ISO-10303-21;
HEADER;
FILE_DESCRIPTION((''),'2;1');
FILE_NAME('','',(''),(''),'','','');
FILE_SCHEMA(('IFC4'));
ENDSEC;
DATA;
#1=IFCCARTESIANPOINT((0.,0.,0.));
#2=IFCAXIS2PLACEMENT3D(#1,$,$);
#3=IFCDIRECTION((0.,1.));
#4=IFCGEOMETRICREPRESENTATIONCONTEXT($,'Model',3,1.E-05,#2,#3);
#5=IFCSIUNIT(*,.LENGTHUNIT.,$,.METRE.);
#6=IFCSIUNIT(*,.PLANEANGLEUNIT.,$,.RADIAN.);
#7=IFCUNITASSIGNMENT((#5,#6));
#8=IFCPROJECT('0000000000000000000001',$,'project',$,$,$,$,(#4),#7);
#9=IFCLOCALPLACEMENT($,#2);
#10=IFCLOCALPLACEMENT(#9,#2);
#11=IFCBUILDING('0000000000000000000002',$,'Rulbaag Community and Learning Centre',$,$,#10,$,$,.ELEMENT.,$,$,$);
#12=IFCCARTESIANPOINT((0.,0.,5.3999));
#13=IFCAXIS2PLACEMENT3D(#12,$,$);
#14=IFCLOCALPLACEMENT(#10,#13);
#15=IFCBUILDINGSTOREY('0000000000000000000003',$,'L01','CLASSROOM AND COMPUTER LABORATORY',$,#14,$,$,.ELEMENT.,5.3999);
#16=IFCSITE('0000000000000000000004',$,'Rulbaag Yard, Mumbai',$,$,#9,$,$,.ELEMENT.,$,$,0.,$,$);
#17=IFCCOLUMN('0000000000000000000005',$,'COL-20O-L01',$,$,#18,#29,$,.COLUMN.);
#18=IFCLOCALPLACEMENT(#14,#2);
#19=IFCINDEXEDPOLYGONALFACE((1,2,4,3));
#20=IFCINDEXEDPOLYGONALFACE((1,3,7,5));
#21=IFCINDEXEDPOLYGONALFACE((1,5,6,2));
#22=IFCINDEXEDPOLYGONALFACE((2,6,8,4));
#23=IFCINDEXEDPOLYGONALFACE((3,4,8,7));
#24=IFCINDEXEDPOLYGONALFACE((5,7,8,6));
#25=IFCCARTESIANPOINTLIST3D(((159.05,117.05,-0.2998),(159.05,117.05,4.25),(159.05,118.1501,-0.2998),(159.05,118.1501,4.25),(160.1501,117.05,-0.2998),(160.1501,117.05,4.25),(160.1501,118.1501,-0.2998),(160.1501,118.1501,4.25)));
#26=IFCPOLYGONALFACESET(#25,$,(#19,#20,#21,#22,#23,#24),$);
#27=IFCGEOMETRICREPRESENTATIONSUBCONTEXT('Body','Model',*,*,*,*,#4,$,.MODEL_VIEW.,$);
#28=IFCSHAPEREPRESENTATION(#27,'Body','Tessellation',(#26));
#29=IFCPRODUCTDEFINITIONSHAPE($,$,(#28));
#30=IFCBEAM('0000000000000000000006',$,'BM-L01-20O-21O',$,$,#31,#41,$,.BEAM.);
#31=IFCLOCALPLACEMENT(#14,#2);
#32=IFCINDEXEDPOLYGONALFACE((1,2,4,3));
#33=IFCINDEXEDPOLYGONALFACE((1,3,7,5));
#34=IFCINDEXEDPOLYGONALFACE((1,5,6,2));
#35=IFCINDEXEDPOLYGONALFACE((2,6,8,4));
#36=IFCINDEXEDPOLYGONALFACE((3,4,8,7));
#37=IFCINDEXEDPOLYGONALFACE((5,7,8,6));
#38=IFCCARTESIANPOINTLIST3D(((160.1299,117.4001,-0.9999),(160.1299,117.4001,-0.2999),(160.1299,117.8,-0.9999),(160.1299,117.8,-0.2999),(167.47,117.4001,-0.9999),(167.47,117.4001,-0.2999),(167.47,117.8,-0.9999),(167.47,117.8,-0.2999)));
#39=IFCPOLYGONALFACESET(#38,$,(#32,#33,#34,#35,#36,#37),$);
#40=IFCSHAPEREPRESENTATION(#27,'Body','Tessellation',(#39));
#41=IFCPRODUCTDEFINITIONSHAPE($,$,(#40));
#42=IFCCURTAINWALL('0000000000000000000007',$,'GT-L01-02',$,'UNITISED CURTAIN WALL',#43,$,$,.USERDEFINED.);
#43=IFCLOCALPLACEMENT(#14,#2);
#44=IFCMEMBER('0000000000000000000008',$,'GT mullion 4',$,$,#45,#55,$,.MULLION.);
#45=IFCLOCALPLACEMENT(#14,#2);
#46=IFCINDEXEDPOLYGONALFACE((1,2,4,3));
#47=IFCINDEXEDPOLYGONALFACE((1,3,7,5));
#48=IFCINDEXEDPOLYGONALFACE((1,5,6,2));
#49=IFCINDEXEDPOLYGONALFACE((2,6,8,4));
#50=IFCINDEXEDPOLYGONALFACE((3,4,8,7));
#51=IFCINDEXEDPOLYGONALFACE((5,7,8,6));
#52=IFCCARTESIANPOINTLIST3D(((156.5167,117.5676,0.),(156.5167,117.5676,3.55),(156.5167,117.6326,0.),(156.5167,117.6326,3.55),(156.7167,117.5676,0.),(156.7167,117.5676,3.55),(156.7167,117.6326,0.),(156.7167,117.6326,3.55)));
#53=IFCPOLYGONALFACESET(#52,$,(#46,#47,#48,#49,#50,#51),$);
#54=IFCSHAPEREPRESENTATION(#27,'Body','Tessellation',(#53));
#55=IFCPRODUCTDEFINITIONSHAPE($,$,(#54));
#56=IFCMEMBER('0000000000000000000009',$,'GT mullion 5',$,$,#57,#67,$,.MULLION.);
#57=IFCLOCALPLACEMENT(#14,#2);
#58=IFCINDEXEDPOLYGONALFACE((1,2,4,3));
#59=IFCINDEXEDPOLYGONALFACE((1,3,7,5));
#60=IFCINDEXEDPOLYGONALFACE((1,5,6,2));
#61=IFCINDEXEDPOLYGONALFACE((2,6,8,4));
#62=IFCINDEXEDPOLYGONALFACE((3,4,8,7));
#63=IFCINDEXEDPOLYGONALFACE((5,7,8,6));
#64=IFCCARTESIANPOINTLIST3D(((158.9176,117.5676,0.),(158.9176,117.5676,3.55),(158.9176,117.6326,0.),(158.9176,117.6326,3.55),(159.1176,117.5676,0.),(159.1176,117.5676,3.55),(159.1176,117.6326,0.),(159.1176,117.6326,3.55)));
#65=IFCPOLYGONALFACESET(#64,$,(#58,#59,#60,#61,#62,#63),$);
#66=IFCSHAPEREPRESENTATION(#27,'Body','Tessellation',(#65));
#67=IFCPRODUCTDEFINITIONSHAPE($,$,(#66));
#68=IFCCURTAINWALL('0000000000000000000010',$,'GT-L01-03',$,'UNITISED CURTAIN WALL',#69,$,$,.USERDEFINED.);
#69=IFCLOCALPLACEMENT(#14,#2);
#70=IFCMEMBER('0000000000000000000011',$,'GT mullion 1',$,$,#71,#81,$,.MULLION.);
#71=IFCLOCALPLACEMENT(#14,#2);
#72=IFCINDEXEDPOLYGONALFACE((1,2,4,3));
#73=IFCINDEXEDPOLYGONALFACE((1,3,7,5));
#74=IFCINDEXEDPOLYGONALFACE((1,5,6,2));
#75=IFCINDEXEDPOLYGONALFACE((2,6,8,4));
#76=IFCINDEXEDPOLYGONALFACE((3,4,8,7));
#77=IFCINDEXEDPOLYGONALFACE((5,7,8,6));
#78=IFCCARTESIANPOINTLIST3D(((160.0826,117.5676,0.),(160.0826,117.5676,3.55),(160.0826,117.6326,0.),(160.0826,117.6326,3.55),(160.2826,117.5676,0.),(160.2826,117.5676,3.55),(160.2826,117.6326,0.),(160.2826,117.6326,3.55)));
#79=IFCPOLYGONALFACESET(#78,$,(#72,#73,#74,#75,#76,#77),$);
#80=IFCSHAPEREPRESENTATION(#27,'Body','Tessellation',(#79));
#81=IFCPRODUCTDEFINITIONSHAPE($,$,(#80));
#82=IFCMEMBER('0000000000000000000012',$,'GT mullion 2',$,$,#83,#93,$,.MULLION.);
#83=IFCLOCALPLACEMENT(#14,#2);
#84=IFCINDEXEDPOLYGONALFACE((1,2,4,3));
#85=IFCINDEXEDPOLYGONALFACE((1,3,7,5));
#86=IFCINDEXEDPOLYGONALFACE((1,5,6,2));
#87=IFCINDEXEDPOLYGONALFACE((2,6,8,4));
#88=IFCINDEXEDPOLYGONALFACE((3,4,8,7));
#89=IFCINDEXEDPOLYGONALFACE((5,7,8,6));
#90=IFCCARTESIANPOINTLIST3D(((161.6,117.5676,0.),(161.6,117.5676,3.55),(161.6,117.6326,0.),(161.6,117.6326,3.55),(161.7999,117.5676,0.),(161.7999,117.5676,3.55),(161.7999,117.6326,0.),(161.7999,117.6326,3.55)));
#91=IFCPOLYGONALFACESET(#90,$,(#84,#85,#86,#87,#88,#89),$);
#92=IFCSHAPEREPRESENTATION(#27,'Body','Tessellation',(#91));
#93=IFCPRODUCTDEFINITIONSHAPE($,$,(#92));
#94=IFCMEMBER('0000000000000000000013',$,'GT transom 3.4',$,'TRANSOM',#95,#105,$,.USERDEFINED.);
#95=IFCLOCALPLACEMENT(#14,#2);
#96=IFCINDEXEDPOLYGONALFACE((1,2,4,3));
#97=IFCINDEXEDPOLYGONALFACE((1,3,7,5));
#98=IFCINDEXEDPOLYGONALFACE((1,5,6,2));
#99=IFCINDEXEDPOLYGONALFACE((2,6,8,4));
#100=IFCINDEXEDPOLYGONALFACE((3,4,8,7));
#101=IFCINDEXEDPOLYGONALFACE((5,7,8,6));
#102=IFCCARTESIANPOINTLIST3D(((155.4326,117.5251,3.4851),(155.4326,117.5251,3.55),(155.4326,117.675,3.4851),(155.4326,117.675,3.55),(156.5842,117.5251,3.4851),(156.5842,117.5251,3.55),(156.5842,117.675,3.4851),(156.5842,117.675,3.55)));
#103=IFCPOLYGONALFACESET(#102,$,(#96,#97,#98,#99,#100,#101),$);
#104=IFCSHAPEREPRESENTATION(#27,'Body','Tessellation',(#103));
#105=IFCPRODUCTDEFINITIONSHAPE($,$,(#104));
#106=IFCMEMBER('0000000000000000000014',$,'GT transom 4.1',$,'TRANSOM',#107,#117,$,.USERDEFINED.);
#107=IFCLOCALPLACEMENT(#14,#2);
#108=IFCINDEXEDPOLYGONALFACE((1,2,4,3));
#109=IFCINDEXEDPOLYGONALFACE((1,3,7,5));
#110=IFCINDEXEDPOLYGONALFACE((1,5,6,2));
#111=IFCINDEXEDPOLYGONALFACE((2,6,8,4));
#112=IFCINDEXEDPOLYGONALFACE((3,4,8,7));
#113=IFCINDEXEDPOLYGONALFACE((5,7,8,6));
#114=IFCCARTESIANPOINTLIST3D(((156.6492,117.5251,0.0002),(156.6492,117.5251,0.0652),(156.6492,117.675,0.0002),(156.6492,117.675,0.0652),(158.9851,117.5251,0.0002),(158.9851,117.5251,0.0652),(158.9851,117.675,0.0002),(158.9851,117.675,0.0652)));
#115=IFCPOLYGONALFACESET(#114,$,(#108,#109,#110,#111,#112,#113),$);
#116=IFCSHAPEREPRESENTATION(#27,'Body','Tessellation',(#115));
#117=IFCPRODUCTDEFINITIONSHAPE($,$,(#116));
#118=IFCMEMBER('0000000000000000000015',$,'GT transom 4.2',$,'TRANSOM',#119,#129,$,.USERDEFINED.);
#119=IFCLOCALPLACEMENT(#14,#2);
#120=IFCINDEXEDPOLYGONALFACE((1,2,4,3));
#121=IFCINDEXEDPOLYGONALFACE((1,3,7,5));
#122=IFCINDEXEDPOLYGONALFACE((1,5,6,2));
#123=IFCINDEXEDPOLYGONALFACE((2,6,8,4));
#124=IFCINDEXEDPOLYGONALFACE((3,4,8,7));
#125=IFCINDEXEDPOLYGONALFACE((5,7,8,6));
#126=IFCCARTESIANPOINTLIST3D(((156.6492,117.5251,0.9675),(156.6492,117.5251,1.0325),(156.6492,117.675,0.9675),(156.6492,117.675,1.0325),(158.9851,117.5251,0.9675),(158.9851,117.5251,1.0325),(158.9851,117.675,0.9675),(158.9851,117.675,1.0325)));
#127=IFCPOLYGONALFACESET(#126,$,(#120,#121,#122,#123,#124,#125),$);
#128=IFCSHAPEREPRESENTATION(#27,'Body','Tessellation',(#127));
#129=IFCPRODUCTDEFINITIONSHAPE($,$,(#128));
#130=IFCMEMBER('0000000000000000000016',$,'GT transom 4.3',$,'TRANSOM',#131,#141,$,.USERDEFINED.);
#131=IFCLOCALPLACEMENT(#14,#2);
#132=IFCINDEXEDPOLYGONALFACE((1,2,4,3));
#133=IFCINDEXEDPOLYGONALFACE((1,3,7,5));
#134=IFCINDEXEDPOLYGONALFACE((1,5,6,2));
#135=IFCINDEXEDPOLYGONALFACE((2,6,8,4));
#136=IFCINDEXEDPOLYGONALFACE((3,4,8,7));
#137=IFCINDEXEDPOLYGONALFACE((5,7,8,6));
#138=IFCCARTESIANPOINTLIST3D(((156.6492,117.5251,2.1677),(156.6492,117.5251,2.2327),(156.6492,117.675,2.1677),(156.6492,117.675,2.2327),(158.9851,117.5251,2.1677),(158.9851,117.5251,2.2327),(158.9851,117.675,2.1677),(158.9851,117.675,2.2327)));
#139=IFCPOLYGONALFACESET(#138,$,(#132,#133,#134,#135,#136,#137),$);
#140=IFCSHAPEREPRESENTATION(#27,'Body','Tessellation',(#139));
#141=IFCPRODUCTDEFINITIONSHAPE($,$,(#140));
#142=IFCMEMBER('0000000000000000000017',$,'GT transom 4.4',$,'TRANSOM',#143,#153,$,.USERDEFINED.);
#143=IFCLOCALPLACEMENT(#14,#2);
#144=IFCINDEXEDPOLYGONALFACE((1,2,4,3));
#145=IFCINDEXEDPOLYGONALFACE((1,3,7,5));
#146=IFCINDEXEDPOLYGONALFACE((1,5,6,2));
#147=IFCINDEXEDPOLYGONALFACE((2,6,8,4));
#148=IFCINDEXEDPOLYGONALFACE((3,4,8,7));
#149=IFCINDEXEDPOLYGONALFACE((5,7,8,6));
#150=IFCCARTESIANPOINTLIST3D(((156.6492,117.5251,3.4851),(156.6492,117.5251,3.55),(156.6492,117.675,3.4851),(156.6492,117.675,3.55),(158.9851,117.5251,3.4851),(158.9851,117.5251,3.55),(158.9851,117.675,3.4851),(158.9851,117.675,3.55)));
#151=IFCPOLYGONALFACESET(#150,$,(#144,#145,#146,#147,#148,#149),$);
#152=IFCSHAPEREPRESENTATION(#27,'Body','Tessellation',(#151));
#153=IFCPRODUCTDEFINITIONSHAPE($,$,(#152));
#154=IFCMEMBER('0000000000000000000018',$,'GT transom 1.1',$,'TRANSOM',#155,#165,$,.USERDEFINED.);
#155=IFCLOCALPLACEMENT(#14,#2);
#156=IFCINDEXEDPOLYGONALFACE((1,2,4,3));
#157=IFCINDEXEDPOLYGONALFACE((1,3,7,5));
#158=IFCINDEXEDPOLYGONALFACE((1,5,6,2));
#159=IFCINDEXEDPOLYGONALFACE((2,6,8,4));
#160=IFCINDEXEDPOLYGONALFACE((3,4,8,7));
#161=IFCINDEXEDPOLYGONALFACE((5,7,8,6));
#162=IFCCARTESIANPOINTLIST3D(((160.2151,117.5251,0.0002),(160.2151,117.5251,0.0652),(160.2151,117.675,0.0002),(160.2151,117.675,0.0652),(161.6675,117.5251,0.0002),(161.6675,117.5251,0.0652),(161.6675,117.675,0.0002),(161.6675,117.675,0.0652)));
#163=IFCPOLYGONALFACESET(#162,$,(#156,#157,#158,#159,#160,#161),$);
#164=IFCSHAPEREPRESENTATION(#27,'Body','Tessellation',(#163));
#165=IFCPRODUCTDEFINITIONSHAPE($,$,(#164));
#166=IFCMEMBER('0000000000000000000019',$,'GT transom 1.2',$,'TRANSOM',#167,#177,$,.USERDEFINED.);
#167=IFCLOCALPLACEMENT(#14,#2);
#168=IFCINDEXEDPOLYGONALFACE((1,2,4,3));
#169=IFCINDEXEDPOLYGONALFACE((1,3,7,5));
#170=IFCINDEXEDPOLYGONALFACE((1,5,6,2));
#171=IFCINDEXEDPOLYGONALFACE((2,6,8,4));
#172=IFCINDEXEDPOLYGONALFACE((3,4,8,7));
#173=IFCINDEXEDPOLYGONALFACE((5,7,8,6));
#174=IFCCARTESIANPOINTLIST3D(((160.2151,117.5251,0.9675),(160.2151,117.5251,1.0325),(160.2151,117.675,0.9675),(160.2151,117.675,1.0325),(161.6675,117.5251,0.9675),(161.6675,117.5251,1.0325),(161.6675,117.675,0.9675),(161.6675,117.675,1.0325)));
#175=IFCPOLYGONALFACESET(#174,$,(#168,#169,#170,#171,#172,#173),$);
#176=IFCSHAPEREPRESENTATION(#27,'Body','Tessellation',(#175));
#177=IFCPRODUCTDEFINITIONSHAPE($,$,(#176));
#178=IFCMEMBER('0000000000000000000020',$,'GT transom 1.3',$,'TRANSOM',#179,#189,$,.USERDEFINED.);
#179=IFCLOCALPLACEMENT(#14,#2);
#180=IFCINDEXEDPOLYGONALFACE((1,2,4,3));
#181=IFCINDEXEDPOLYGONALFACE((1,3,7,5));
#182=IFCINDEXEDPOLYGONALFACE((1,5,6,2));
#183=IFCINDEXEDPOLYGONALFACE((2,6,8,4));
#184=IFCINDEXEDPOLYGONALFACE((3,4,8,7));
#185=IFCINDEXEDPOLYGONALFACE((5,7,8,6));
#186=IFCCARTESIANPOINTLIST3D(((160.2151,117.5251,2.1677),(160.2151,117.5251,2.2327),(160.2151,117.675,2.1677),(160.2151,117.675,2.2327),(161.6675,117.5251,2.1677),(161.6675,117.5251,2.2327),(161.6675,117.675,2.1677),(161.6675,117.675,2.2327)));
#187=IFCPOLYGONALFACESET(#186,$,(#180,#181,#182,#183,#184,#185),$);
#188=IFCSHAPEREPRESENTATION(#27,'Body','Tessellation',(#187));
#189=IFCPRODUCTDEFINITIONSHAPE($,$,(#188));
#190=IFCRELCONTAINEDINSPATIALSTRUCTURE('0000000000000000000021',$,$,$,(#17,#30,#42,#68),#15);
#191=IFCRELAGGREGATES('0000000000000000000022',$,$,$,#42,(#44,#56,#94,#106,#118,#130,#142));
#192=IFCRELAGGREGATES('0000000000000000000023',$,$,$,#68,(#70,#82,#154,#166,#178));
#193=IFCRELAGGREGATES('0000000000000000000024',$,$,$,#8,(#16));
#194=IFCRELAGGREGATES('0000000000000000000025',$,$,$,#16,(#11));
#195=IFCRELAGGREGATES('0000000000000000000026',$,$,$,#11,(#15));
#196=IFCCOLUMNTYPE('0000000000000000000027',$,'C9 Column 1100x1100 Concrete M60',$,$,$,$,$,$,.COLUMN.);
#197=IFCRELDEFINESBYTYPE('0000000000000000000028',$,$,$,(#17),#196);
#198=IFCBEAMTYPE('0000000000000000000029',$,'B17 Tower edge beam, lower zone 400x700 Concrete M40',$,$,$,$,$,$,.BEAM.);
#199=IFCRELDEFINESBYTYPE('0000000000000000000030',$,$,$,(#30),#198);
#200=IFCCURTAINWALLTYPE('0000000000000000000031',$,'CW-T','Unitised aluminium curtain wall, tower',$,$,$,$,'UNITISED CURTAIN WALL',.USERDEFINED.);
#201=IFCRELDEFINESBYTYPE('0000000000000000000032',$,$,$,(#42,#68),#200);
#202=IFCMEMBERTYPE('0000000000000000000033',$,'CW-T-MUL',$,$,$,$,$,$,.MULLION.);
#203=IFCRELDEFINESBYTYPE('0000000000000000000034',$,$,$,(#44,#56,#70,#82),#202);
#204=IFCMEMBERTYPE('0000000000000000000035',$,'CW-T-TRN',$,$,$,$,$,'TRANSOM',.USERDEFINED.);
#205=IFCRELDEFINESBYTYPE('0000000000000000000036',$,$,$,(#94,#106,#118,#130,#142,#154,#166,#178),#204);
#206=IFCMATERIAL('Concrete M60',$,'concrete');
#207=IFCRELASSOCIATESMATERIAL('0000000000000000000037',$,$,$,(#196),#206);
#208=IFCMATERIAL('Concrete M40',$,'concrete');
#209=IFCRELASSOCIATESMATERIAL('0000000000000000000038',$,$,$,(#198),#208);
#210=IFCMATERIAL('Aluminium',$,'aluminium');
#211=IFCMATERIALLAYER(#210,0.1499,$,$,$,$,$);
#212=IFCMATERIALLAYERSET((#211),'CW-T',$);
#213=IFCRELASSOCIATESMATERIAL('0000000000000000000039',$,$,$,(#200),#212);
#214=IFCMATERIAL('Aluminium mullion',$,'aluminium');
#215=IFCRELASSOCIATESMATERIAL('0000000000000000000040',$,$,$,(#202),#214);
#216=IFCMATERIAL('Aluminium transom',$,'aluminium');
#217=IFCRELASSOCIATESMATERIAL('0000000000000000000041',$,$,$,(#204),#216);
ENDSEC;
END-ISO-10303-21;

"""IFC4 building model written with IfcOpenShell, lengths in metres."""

from ifc_helpers import new_model, si_unit, direction, frame, origin, origin_2d, place, context, subcontext, project, spatial, rectangle, extrude, material, layer, layer_set, material_profile, profile_set, type_object, element, aggregate, save


model = new_model("IFC4")

# Units and contexts
model_context = context("Model", 3, precision=1e-05, world=origin(), true_north=direction((0.0, 1.0)))
body_context = subcontext(model_context, "Body", "Model", "MODEL_VIEW")
ifc_project = project(units=[si_unit("LENGTHUNIT", "METRE"), si_unit("PLANEANGLEUNIT", "RADIAN")], contexts=[model_context])

# Site, building, storey
site_placement = place(None, origin())
site = spatial("IfcSite", under=ifc_project, at=site_placement, Name="Rulbaag Yard, Mumbai", CompositionType="ELEMENT", RefElevation=0.0)
building_placement = place(site_placement, origin())
building = spatial("IfcBuilding", under=site, at=building_placement, Name="Rulbaag Community and Learning Centre", CompositionType="ELEMENT")
storey_placement = place(building_placement, frame((0.0, 0.0, 5.3999)))
storey = spatial("IfcBuildingStorey", under=building, at=storey_placement, Name="L01", Description="CLASSROOM AND COMPUTER LABORATORY", CompositionType="ELEMENT", Elevation=5.3999)

# Column
ifc_material_1 = material(Name="Concrete M60", Category="concrete")
ifc_material_profile_1 = material_profile(ifc_material_1, rectangle(XDim=1.1001, YDim=1.1001, at=origin_2d()), Name="RC1100x1100")
ifc_profile_set_1 = profile_set([ifc_material_profile_1], Name="Concrete M60")
column_type = type_object("IfcColumnType", Name="C9 Column 1100x1100 Concrete M60", PredefinedType="COLUMN", material=ifc_profile_set_1)
column_placement = place(storey_placement, frame((159.6001, 117.6001, -0.2998), z_axis=(0.0, 0.0, 1.0), x_axis=(1.0, 0.0, 0.0)))
element("IfcColumn", 1, at=column_placement, inside=storey, type_object=column_type, Name="COL-20O-L01", PredefinedType="COLUMN", context=body_context, shape_type="SweptSolid", body=[
    extrude(rectangle(XDim=1.1001, YDim=1.1001, at=origin_2d()), origin(), (0.0, 0.0, 1.0), 4.5498),
])

# Beam
ifc_material_2 = material(Name="Concrete M40", Category="concrete")
ifc_material_profile_2 = material_profile(ifc_material_2, rectangle(XDim=0.3999, YDim=0.7, at=origin_2d()), Name="RB400x700")
ifc_profile_set_2 = profile_set([ifc_material_profile_2], Name="Concrete M40")
beam_type = type_object("IfcBeamType", Name="B17 Tower edge beam, lower zone 400x700 Concrete M40", PredefinedType="BEAM", material=ifc_profile_set_2)
beam_placement = place(storey_placement, frame((160.1299, 117.6001, -0.6499), z_axis=(1.0, 0.0, 0.0), x_axis=(0.0, 1.0, 0.0)))
element("IfcBeam", 2, at=beam_placement, inside=storey, type_object=beam_type, Name="BM-L01-20O-21O", PredefinedType="BEAM", context=body_context, shape_type="SweptSolid", body=[
    extrude(rectangle(XDim=0.3999, YDim=0.7, at=origin_2d()), origin(), (0.0, 0.0, 1.0), 7.3401),
])

# Curtain walls, members
ifc_material_3 = material(Name="Aluminium", Category="aluminium")
ifc_layer_1 = layer(ifc_material_3, 0.1499)
ifc_layer_set_1 = layer_set([ifc_layer_1], Name="CW-T")
curtain_wall_type = type_object("IfcCurtainWallType", Name="CW-T", Description="Unitised aluminium curtain wall, tower", ElementType="UNITISED CURTAIN WALL", PredefinedType="USERDEFINED", material=ifc_layer_set_1)
curtain_wall_1_placement = place(storey_placement, origin())
curtain_wall_1 = element("IfcCurtainWall", 3, at=curtain_wall_1_placement, inside=storey, type_object=curtain_wall_type, Name="GT-L01-02", ObjectType="UNITISED CURTAIN WALL", PredefinedType="USERDEFINED")
ifc_material_4 = material(Name="Aluminium mullion", Category="aluminium")
ifc_material_profile_3 = material_profile(ifc_material_4, rectangle(XDim=0.0649, YDim=0.2, at=origin_2d()), Name="AL 65x200")
ifc_profile_set_3 = profile_set([ifc_material_profile_3], Name="Aluminium mullion")
member_type_1 = type_object("IfcMemberType", Name="CW-T-MUL", PredefinedType="MULLION", material=ifc_profile_set_3)
member_1_placement = place(storey_placement, frame((156.6167, 117.6001, 0.0), z_axis=(0.0, 0.0, 1.0), x_axis=(0.0, 1.0, 0.0)))
member_1 = element("IfcMember", 4, at=member_1_placement, type_object=member_type_1, Name="GT mullion 4", PredefinedType="MULLION", context=body_context, shape_type="SweptSolid", body=[
    extrude(rectangle(XDim=0.0649, YDim=0.2, at=origin_2d()), origin(), (0.0, 0.0, 1.0), 3.55),
])
member_2_placement = place(storey_placement, frame((159.0176, 117.6001, 0.0), z_axis=(0.0, 0.0, 1.0), x_axis=(0.0, 1.0, 0.0)))
member_2 = element("IfcMember", 5, at=member_2_placement, type_object=member_type_1, Name="GT mullion 5", PredefinedType="MULLION", context=body_context, shape_type="SweptSolid", body=[
    extrude(rectangle(XDim=0.0649, YDim=0.2, at=origin_2d()), origin(), (0.0, 0.0, 1.0), 3.55),
])
curtain_wall_2_placement = place(storey_placement, origin())
curtain_wall_2 = element("IfcCurtainWall", 6, at=curtain_wall_2_placement, inside=storey, type_object=curtain_wall_type, Name="GT-L01-03", ObjectType="UNITISED CURTAIN WALL", PredefinedType="USERDEFINED")
member_3_placement = place(storey_placement, frame((160.1826, 117.6001, 0.0), z_axis=(0.0, 0.0, 1.0), x_axis=(0.0, 1.0, 0.0)))
member_3 = element("IfcMember", 7, at=member_3_placement, type_object=member_type_1, Name="GT mullion 1", PredefinedType="MULLION", context=body_context, shape_type="SweptSolid", body=[
    extrude(rectangle(XDim=0.0649, YDim=0.2, at=origin_2d()), origin(), (0.0, 0.0, 1.0), 3.55),
])
member_4_placement = place(storey_placement, frame((161.7, 117.6001, 0.0), z_axis=(0.0, 0.0, 1.0), x_axis=(0.0, 1.0, 0.0)))
member_4 = element("IfcMember", 8, at=member_4_placement, type_object=member_type_1, Name="GT mullion 2", PredefinedType="MULLION", context=body_context, shape_type="SweptSolid", body=[
    extrude(rectangle(XDim=0.0649, YDim=0.2, at=origin_2d()), origin(), (0.0, 0.0, 1.0), 3.55),
])

# Members
ifc_material_5 = material(Name="Aluminium transom", Category="aluminium")
ifc_material_profile_4 = material_profile(ifc_material_5, rectangle(XDim=0.1499, YDim=0.0649, at=origin_2d()), Name="AL 65x150 T")
ifc_profile_set_4 = profile_set([ifc_material_profile_4], Name="Aluminium transom")
member_type_2 = type_object("IfcMemberType", Name="CW-T-TRN", ElementType="TRANSOM", PredefinedType="USERDEFINED", material=ifc_profile_set_4)
member_5_placement = place(storey_placement, frame((155.4326, 117.6001, 3.5176), z_axis=(1.0, 0.0, 0.0), x_axis=(0.0, 1.0, 0.0)))
member_5 = element("IfcMember", 9, at=member_5_placement, type_object=member_type_2, Name="GT transom 3.4", ObjectType="TRANSOM", PredefinedType="USERDEFINED", context=body_context, shape_type="SweptSolid", body=[
    extrude(rectangle(XDim=0.1499, YDim=0.0649, at=origin_2d()), origin(), (0.0, 0.0, 1.0), 1.1516),
])
member_6_placement = place(storey_placement, frame((156.6492, 117.6001, 0.0327), z_axis=(1.0, 0.0, 0.0), x_axis=(0.0, 1.0, 0.0)))
member_6 = element("IfcMember", 10, at=member_6_placement, type_object=member_type_2, Name="GT transom 4.1", ObjectType="TRANSOM", PredefinedType="USERDEFINED", context=body_context, shape_type="SweptSolid", body=[
    extrude(rectangle(XDim=0.1499, YDim=0.0649, at=origin_2d()), origin(), (0.0, 0.0, 1.0), 2.3359),
])
member_7_placement = place(storey_placement, frame((156.6492, 117.6001, 1.0), z_axis=(1.0, 0.0, 0.0), x_axis=(0.0, 1.0, 0.0)))
member_7 = element("IfcMember", 11, at=member_7_placement, type_object=member_type_2, Name="GT transom 4.2", ObjectType="TRANSOM", PredefinedType="USERDEFINED", context=body_context, shape_type="SweptSolid", body=[
    extrude(rectangle(XDim=0.1499, YDim=0.0649, at=origin_2d()), origin(), (0.0, 0.0, 1.0), 2.3359),
])
member_8_placement = place(storey_placement, frame((156.6492, 117.6001, 2.2002), z_axis=(1.0, 0.0, 0.0), x_axis=(0.0, 1.0, 0.0)))
member_8 = element("IfcMember", 12, at=member_8_placement, type_object=member_type_2, Name="GT transom 4.3", ObjectType="TRANSOM", PredefinedType="USERDEFINED", context=body_context, shape_type="SweptSolid", body=[
    extrude(rectangle(XDim=0.1499, YDim=0.0649, at=origin_2d()), origin(), (0.0, 0.0, 1.0), 2.3359),
])
member_9_placement = place(storey_placement, frame((156.6492, 117.6001, 3.5176), z_axis=(1.0, 0.0, 0.0), x_axis=(0.0, 1.0, 0.0)))
member_9 = element("IfcMember", 13, at=member_9_placement, type_object=member_type_2, Name="GT transom 4.4", ObjectType="TRANSOM", PredefinedType="USERDEFINED", context=body_context, shape_type="SweptSolid", body=[
    extrude(rectangle(XDim=0.1499, YDim=0.0649, at=origin_2d()), origin(), (0.0, 0.0, 1.0), 2.3359),
])
member_10_placement = place(storey_placement, frame((160.2151, 117.6001, 0.0327), z_axis=(1.0, 0.0, 0.0), x_axis=(0.0, 1.0, 0.0)))
member_10 = element("IfcMember", 14, at=member_10_placement, type_object=member_type_2, Name="GT transom 1.1", ObjectType="TRANSOM", PredefinedType="USERDEFINED", context=body_context, shape_type="SweptSolid", body=[
    extrude(rectangle(XDim=0.1499, YDim=0.0649, at=origin_2d()), origin(), (0.0, 0.0, 1.0), 1.4524),
])
member_11_placement = place(storey_placement, frame((160.2151, 117.6001, 1.0), z_axis=(1.0, 0.0, 0.0), x_axis=(0.0, 1.0, 0.0)))
member_11 = element("IfcMember", 15, at=member_11_placement, type_object=member_type_2, Name="GT transom 1.2", ObjectType="TRANSOM", PredefinedType="USERDEFINED", context=body_context, shape_type="SweptSolid", body=[
    extrude(rectangle(XDim=0.1499, YDim=0.0649, at=origin_2d()), origin(), (0.0, 0.0, 1.0), 1.4524),
])
member_12_placement = place(storey_placement, frame((160.2151, 117.6001, 2.2002), z_axis=(1.0, 0.0, 0.0), x_axis=(0.0, 1.0, 0.0)))
member_12 = element("IfcMember", 16, at=member_12_placement, type_object=member_type_2, Name="GT transom 1.3", ObjectType="TRANSOM", PredefinedType="USERDEFINED", context=body_context, shape_type="SweptSolid", body=[
    extrude(rectangle(XDim=0.1499, YDim=0.0649, at=origin_2d()), origin(), (0.0, 0.0, 1.0), 1.4524),
])

aggregate(curtain_wall_1, [member_1, member_2, member_5, member_6, member_7, member_8, member_9])
aggregate(curtain_wall_2, [member_3, member_4, member_10, member_11, member_12])

save(model, "model.ifc")
